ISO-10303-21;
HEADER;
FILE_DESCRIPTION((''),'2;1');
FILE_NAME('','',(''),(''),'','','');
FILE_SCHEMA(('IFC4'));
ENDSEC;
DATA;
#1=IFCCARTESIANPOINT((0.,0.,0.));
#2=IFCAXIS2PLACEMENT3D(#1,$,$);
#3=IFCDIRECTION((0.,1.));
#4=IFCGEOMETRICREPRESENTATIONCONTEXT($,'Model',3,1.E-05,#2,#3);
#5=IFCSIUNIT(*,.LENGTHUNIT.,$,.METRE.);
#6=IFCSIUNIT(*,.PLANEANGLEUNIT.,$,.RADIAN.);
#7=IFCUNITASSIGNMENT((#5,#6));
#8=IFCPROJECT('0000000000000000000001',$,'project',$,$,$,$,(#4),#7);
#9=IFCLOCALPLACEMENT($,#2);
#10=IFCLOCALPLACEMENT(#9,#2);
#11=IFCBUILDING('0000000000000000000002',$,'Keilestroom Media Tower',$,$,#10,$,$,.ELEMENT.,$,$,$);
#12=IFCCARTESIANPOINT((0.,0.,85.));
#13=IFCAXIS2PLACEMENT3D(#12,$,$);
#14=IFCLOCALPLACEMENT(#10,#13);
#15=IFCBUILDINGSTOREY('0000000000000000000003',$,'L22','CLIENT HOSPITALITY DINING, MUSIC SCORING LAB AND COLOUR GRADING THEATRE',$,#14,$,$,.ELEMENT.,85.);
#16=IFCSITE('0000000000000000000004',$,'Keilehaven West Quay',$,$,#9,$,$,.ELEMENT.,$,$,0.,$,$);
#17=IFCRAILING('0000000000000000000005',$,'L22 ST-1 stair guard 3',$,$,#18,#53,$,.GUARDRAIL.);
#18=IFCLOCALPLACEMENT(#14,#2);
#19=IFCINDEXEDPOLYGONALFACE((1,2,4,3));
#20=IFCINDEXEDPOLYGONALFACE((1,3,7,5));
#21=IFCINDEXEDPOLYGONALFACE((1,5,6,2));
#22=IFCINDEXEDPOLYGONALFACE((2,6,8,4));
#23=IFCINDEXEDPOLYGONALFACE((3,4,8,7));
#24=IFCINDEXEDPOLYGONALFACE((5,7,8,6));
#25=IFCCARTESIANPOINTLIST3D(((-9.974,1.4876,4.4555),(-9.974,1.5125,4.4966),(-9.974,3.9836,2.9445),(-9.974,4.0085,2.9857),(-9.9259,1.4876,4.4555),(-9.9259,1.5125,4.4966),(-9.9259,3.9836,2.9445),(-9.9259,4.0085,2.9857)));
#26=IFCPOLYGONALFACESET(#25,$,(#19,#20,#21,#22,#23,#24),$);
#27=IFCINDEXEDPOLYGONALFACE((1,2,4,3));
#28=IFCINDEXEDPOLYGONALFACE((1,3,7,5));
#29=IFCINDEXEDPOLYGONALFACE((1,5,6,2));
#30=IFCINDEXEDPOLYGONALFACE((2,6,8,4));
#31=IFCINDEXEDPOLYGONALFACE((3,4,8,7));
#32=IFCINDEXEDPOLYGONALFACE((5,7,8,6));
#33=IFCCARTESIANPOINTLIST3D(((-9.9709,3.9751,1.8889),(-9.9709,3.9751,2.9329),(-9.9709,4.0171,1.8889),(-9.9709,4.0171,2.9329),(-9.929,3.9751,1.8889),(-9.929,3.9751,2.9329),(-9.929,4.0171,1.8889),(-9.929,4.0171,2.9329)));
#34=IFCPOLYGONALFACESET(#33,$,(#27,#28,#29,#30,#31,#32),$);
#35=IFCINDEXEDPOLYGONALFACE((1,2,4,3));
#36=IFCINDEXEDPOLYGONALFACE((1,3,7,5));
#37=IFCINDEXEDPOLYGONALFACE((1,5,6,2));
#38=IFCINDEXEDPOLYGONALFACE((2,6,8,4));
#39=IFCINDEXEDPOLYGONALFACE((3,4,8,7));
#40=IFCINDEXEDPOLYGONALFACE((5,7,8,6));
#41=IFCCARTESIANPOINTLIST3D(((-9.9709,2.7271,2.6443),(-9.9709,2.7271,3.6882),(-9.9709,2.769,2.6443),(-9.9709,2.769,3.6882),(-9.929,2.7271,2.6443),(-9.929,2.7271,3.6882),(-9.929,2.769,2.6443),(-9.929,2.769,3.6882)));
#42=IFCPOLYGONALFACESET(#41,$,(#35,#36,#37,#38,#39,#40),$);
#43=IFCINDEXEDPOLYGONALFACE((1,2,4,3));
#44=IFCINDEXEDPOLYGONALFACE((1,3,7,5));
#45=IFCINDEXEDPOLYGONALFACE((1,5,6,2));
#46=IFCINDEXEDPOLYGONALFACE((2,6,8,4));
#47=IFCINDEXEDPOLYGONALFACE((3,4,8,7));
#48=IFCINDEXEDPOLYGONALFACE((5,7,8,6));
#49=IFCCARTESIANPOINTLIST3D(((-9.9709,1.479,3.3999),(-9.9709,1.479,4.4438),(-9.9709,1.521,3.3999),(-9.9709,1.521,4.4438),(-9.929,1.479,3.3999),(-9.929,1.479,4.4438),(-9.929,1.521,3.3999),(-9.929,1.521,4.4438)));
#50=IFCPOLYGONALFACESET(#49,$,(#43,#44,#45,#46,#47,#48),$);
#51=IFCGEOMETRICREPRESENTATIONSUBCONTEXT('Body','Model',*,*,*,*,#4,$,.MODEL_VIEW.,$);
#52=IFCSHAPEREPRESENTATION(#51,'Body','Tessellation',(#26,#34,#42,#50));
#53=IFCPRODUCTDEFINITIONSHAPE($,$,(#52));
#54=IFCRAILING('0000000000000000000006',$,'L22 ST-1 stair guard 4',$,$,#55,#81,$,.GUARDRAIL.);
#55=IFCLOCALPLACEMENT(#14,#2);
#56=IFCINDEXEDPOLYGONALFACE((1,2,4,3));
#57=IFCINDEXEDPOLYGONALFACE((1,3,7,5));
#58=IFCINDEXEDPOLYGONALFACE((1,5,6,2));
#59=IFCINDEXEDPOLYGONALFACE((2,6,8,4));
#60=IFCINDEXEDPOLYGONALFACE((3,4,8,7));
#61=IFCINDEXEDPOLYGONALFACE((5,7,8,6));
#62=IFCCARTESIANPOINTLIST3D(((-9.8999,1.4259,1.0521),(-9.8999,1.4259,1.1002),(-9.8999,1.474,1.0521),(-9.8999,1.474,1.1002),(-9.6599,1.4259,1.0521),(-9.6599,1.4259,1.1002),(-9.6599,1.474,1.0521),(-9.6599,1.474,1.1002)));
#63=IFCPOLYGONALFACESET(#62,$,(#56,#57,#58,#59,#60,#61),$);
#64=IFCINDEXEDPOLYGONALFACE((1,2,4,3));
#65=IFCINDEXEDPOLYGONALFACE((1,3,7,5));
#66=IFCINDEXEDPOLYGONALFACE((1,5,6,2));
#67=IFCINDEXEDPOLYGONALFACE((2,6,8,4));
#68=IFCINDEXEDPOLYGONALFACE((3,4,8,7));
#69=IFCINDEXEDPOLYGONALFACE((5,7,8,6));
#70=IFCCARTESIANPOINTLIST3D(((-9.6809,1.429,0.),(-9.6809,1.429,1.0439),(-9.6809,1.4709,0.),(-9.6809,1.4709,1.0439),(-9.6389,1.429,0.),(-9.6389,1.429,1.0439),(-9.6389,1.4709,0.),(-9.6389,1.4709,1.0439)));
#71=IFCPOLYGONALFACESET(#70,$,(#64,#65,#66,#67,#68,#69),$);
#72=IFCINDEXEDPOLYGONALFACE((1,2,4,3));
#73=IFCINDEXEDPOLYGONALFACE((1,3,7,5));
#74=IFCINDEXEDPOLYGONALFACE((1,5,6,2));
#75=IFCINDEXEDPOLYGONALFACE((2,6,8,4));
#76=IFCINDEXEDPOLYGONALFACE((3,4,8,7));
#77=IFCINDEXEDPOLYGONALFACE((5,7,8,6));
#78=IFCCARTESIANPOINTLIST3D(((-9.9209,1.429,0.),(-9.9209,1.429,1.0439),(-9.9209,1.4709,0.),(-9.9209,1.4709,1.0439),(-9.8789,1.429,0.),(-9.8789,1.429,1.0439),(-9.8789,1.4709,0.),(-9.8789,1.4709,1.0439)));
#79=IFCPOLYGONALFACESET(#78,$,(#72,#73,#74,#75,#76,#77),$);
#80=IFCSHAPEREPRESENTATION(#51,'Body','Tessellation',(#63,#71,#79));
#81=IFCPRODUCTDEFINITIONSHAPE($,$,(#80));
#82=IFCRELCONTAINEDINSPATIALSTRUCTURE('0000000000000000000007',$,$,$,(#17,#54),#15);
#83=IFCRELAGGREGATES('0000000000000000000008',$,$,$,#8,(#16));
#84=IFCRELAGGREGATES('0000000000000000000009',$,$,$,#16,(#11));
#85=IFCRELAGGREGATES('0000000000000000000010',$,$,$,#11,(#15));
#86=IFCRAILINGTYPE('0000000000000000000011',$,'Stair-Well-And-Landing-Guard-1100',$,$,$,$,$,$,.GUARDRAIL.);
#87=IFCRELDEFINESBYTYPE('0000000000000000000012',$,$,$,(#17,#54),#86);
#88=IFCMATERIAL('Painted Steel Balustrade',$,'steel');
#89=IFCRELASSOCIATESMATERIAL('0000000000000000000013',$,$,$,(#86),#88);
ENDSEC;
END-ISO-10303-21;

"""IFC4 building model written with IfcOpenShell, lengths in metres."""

from ifc_helpers import new_model, si_unit, direction, frame, origin, origin_2d, place, context, subcontext, project, spatial, rectangle, extrude, material, type_object, element, save


model = new_model("IFC4")

# Units and contexts
model_context = context("Model", 3, precision=1e-05, world=origin(), true_north=direction((0.0, 1.0)))
body_context = subcontext(model_context, "Body", "Model", "MODEL_VIEW")
ifc_project = project(units=[si_unit("LENGTHUNIT", "METRE"), si_unit("PLANEANGLEUNIT", "RADIAN")], contexts=[model_context])

# Site, building, storey
site_placement = place(None, origin())
site = spatial("IfcSite", under=ifc_project, at=site_placement, Name="Keilehaven West Quay", CompositionType="ELEMENT", RefElevation=0.0)
building_placement = place(site_placement, origin())
building = spatial("IfcBuilding", under=site, at=building_placement, Name="Keilestroom Media Tower", CompositionType="ELEMENT")
storey_placement = place(building_placement, frame((0.0, 0.0, 85.0)))
storey = spatial("IfcBuildingStorey", under=building, at=storey_placement, Name="L22", Description="CLIENT HOSPITALITY DINING, MUSIC SCORING LAB AND COLOUR GRADING THEATRE", CompositionType="ELEMENT", Elevation=85.0)

# Railings
ifc_material_1 = material(Name="Painted Steel Balustrade", Category="steel")
railing_type_1 = type_object("IfcRailingType", Name="Stair-Well-And-Landing-Guard-1100", PredefinedType="GUARDRAIL", material=ifc_material_1)
railing_1_placement = place(storey_placement, frame((-9.95, 3.9961, 1.8889)))
element("IfcRailing", 1, at=railing_1_placement, inside=storey, type_object=railing_type_1, Name="L22 ST-1 stair guard 3", PredefinedType="GUARDRAIL", context=body_context, shape_type="SweptSolid", body=[
    extrude(rectangle(XDim=0.0481, YDim=0.0481, at=origin_2d()), frame((0.0, 0.0, 1.0762), z_axis=(0.0, -0.855471, 0.517851), x_axis=(1.0, 0.0, 0.0)), (0.0, 0.0, 1.0), 2.9177),
    extrude(rectangle(XDim=0.042, YDim=0.042, at=origin_2d()), origin(), (0.0, 0.0, 1.0), 1.0439),
    extrude(rectangle(XDim=0.042, YDim=0.042, at=origin_2d()), frame((0.0, -1.248, 0.7554)), (0.0, 0.0, 1.0), 1.0439),
    extrude(rectangle(XDim=0.042, YDim=0.042, at=origin_2d()), frame((0.0, -2.4961, 1.511)), (0.0, 0.0, 1.0), 1.0439),
])
railing_2_placement = place(storey_placement, frame((-9.6599, 1.45, 0.0)))
element("IfcRailing", 2, at=railing_2_placement, inside=storey, type_object=railing_type_1, Name="L22 ST-1 stair guard 4", PredefinedType="GUARDRAIL", context=body_context, shape_type="SweptSolid", body=[
    extrude(rectangle(XDim=0.0481, YDim=0.0481, at=origin_2d()), frame((0.0, 0.0, 1.0762), z_axis=(-1.0, 0.0, 0.0), x_axis=(0.0, -1.0, 0.0)), (0.0, 0.0, 1.0), 0.24),
    extrude(rectangle(XDim=0.042, YDim=0.042, at=origin_2d()), origin(), (0.0, 0.0, 1.0), 1.0439),
    extrude(rectangle(XDim=0.042, YDim=0.042, at=origin_2d()), frame((-0.24, 0.0, 0.0)), (0.0, 0.0, 1.0), 1.0439),
])

save(model, "model.ifc")
